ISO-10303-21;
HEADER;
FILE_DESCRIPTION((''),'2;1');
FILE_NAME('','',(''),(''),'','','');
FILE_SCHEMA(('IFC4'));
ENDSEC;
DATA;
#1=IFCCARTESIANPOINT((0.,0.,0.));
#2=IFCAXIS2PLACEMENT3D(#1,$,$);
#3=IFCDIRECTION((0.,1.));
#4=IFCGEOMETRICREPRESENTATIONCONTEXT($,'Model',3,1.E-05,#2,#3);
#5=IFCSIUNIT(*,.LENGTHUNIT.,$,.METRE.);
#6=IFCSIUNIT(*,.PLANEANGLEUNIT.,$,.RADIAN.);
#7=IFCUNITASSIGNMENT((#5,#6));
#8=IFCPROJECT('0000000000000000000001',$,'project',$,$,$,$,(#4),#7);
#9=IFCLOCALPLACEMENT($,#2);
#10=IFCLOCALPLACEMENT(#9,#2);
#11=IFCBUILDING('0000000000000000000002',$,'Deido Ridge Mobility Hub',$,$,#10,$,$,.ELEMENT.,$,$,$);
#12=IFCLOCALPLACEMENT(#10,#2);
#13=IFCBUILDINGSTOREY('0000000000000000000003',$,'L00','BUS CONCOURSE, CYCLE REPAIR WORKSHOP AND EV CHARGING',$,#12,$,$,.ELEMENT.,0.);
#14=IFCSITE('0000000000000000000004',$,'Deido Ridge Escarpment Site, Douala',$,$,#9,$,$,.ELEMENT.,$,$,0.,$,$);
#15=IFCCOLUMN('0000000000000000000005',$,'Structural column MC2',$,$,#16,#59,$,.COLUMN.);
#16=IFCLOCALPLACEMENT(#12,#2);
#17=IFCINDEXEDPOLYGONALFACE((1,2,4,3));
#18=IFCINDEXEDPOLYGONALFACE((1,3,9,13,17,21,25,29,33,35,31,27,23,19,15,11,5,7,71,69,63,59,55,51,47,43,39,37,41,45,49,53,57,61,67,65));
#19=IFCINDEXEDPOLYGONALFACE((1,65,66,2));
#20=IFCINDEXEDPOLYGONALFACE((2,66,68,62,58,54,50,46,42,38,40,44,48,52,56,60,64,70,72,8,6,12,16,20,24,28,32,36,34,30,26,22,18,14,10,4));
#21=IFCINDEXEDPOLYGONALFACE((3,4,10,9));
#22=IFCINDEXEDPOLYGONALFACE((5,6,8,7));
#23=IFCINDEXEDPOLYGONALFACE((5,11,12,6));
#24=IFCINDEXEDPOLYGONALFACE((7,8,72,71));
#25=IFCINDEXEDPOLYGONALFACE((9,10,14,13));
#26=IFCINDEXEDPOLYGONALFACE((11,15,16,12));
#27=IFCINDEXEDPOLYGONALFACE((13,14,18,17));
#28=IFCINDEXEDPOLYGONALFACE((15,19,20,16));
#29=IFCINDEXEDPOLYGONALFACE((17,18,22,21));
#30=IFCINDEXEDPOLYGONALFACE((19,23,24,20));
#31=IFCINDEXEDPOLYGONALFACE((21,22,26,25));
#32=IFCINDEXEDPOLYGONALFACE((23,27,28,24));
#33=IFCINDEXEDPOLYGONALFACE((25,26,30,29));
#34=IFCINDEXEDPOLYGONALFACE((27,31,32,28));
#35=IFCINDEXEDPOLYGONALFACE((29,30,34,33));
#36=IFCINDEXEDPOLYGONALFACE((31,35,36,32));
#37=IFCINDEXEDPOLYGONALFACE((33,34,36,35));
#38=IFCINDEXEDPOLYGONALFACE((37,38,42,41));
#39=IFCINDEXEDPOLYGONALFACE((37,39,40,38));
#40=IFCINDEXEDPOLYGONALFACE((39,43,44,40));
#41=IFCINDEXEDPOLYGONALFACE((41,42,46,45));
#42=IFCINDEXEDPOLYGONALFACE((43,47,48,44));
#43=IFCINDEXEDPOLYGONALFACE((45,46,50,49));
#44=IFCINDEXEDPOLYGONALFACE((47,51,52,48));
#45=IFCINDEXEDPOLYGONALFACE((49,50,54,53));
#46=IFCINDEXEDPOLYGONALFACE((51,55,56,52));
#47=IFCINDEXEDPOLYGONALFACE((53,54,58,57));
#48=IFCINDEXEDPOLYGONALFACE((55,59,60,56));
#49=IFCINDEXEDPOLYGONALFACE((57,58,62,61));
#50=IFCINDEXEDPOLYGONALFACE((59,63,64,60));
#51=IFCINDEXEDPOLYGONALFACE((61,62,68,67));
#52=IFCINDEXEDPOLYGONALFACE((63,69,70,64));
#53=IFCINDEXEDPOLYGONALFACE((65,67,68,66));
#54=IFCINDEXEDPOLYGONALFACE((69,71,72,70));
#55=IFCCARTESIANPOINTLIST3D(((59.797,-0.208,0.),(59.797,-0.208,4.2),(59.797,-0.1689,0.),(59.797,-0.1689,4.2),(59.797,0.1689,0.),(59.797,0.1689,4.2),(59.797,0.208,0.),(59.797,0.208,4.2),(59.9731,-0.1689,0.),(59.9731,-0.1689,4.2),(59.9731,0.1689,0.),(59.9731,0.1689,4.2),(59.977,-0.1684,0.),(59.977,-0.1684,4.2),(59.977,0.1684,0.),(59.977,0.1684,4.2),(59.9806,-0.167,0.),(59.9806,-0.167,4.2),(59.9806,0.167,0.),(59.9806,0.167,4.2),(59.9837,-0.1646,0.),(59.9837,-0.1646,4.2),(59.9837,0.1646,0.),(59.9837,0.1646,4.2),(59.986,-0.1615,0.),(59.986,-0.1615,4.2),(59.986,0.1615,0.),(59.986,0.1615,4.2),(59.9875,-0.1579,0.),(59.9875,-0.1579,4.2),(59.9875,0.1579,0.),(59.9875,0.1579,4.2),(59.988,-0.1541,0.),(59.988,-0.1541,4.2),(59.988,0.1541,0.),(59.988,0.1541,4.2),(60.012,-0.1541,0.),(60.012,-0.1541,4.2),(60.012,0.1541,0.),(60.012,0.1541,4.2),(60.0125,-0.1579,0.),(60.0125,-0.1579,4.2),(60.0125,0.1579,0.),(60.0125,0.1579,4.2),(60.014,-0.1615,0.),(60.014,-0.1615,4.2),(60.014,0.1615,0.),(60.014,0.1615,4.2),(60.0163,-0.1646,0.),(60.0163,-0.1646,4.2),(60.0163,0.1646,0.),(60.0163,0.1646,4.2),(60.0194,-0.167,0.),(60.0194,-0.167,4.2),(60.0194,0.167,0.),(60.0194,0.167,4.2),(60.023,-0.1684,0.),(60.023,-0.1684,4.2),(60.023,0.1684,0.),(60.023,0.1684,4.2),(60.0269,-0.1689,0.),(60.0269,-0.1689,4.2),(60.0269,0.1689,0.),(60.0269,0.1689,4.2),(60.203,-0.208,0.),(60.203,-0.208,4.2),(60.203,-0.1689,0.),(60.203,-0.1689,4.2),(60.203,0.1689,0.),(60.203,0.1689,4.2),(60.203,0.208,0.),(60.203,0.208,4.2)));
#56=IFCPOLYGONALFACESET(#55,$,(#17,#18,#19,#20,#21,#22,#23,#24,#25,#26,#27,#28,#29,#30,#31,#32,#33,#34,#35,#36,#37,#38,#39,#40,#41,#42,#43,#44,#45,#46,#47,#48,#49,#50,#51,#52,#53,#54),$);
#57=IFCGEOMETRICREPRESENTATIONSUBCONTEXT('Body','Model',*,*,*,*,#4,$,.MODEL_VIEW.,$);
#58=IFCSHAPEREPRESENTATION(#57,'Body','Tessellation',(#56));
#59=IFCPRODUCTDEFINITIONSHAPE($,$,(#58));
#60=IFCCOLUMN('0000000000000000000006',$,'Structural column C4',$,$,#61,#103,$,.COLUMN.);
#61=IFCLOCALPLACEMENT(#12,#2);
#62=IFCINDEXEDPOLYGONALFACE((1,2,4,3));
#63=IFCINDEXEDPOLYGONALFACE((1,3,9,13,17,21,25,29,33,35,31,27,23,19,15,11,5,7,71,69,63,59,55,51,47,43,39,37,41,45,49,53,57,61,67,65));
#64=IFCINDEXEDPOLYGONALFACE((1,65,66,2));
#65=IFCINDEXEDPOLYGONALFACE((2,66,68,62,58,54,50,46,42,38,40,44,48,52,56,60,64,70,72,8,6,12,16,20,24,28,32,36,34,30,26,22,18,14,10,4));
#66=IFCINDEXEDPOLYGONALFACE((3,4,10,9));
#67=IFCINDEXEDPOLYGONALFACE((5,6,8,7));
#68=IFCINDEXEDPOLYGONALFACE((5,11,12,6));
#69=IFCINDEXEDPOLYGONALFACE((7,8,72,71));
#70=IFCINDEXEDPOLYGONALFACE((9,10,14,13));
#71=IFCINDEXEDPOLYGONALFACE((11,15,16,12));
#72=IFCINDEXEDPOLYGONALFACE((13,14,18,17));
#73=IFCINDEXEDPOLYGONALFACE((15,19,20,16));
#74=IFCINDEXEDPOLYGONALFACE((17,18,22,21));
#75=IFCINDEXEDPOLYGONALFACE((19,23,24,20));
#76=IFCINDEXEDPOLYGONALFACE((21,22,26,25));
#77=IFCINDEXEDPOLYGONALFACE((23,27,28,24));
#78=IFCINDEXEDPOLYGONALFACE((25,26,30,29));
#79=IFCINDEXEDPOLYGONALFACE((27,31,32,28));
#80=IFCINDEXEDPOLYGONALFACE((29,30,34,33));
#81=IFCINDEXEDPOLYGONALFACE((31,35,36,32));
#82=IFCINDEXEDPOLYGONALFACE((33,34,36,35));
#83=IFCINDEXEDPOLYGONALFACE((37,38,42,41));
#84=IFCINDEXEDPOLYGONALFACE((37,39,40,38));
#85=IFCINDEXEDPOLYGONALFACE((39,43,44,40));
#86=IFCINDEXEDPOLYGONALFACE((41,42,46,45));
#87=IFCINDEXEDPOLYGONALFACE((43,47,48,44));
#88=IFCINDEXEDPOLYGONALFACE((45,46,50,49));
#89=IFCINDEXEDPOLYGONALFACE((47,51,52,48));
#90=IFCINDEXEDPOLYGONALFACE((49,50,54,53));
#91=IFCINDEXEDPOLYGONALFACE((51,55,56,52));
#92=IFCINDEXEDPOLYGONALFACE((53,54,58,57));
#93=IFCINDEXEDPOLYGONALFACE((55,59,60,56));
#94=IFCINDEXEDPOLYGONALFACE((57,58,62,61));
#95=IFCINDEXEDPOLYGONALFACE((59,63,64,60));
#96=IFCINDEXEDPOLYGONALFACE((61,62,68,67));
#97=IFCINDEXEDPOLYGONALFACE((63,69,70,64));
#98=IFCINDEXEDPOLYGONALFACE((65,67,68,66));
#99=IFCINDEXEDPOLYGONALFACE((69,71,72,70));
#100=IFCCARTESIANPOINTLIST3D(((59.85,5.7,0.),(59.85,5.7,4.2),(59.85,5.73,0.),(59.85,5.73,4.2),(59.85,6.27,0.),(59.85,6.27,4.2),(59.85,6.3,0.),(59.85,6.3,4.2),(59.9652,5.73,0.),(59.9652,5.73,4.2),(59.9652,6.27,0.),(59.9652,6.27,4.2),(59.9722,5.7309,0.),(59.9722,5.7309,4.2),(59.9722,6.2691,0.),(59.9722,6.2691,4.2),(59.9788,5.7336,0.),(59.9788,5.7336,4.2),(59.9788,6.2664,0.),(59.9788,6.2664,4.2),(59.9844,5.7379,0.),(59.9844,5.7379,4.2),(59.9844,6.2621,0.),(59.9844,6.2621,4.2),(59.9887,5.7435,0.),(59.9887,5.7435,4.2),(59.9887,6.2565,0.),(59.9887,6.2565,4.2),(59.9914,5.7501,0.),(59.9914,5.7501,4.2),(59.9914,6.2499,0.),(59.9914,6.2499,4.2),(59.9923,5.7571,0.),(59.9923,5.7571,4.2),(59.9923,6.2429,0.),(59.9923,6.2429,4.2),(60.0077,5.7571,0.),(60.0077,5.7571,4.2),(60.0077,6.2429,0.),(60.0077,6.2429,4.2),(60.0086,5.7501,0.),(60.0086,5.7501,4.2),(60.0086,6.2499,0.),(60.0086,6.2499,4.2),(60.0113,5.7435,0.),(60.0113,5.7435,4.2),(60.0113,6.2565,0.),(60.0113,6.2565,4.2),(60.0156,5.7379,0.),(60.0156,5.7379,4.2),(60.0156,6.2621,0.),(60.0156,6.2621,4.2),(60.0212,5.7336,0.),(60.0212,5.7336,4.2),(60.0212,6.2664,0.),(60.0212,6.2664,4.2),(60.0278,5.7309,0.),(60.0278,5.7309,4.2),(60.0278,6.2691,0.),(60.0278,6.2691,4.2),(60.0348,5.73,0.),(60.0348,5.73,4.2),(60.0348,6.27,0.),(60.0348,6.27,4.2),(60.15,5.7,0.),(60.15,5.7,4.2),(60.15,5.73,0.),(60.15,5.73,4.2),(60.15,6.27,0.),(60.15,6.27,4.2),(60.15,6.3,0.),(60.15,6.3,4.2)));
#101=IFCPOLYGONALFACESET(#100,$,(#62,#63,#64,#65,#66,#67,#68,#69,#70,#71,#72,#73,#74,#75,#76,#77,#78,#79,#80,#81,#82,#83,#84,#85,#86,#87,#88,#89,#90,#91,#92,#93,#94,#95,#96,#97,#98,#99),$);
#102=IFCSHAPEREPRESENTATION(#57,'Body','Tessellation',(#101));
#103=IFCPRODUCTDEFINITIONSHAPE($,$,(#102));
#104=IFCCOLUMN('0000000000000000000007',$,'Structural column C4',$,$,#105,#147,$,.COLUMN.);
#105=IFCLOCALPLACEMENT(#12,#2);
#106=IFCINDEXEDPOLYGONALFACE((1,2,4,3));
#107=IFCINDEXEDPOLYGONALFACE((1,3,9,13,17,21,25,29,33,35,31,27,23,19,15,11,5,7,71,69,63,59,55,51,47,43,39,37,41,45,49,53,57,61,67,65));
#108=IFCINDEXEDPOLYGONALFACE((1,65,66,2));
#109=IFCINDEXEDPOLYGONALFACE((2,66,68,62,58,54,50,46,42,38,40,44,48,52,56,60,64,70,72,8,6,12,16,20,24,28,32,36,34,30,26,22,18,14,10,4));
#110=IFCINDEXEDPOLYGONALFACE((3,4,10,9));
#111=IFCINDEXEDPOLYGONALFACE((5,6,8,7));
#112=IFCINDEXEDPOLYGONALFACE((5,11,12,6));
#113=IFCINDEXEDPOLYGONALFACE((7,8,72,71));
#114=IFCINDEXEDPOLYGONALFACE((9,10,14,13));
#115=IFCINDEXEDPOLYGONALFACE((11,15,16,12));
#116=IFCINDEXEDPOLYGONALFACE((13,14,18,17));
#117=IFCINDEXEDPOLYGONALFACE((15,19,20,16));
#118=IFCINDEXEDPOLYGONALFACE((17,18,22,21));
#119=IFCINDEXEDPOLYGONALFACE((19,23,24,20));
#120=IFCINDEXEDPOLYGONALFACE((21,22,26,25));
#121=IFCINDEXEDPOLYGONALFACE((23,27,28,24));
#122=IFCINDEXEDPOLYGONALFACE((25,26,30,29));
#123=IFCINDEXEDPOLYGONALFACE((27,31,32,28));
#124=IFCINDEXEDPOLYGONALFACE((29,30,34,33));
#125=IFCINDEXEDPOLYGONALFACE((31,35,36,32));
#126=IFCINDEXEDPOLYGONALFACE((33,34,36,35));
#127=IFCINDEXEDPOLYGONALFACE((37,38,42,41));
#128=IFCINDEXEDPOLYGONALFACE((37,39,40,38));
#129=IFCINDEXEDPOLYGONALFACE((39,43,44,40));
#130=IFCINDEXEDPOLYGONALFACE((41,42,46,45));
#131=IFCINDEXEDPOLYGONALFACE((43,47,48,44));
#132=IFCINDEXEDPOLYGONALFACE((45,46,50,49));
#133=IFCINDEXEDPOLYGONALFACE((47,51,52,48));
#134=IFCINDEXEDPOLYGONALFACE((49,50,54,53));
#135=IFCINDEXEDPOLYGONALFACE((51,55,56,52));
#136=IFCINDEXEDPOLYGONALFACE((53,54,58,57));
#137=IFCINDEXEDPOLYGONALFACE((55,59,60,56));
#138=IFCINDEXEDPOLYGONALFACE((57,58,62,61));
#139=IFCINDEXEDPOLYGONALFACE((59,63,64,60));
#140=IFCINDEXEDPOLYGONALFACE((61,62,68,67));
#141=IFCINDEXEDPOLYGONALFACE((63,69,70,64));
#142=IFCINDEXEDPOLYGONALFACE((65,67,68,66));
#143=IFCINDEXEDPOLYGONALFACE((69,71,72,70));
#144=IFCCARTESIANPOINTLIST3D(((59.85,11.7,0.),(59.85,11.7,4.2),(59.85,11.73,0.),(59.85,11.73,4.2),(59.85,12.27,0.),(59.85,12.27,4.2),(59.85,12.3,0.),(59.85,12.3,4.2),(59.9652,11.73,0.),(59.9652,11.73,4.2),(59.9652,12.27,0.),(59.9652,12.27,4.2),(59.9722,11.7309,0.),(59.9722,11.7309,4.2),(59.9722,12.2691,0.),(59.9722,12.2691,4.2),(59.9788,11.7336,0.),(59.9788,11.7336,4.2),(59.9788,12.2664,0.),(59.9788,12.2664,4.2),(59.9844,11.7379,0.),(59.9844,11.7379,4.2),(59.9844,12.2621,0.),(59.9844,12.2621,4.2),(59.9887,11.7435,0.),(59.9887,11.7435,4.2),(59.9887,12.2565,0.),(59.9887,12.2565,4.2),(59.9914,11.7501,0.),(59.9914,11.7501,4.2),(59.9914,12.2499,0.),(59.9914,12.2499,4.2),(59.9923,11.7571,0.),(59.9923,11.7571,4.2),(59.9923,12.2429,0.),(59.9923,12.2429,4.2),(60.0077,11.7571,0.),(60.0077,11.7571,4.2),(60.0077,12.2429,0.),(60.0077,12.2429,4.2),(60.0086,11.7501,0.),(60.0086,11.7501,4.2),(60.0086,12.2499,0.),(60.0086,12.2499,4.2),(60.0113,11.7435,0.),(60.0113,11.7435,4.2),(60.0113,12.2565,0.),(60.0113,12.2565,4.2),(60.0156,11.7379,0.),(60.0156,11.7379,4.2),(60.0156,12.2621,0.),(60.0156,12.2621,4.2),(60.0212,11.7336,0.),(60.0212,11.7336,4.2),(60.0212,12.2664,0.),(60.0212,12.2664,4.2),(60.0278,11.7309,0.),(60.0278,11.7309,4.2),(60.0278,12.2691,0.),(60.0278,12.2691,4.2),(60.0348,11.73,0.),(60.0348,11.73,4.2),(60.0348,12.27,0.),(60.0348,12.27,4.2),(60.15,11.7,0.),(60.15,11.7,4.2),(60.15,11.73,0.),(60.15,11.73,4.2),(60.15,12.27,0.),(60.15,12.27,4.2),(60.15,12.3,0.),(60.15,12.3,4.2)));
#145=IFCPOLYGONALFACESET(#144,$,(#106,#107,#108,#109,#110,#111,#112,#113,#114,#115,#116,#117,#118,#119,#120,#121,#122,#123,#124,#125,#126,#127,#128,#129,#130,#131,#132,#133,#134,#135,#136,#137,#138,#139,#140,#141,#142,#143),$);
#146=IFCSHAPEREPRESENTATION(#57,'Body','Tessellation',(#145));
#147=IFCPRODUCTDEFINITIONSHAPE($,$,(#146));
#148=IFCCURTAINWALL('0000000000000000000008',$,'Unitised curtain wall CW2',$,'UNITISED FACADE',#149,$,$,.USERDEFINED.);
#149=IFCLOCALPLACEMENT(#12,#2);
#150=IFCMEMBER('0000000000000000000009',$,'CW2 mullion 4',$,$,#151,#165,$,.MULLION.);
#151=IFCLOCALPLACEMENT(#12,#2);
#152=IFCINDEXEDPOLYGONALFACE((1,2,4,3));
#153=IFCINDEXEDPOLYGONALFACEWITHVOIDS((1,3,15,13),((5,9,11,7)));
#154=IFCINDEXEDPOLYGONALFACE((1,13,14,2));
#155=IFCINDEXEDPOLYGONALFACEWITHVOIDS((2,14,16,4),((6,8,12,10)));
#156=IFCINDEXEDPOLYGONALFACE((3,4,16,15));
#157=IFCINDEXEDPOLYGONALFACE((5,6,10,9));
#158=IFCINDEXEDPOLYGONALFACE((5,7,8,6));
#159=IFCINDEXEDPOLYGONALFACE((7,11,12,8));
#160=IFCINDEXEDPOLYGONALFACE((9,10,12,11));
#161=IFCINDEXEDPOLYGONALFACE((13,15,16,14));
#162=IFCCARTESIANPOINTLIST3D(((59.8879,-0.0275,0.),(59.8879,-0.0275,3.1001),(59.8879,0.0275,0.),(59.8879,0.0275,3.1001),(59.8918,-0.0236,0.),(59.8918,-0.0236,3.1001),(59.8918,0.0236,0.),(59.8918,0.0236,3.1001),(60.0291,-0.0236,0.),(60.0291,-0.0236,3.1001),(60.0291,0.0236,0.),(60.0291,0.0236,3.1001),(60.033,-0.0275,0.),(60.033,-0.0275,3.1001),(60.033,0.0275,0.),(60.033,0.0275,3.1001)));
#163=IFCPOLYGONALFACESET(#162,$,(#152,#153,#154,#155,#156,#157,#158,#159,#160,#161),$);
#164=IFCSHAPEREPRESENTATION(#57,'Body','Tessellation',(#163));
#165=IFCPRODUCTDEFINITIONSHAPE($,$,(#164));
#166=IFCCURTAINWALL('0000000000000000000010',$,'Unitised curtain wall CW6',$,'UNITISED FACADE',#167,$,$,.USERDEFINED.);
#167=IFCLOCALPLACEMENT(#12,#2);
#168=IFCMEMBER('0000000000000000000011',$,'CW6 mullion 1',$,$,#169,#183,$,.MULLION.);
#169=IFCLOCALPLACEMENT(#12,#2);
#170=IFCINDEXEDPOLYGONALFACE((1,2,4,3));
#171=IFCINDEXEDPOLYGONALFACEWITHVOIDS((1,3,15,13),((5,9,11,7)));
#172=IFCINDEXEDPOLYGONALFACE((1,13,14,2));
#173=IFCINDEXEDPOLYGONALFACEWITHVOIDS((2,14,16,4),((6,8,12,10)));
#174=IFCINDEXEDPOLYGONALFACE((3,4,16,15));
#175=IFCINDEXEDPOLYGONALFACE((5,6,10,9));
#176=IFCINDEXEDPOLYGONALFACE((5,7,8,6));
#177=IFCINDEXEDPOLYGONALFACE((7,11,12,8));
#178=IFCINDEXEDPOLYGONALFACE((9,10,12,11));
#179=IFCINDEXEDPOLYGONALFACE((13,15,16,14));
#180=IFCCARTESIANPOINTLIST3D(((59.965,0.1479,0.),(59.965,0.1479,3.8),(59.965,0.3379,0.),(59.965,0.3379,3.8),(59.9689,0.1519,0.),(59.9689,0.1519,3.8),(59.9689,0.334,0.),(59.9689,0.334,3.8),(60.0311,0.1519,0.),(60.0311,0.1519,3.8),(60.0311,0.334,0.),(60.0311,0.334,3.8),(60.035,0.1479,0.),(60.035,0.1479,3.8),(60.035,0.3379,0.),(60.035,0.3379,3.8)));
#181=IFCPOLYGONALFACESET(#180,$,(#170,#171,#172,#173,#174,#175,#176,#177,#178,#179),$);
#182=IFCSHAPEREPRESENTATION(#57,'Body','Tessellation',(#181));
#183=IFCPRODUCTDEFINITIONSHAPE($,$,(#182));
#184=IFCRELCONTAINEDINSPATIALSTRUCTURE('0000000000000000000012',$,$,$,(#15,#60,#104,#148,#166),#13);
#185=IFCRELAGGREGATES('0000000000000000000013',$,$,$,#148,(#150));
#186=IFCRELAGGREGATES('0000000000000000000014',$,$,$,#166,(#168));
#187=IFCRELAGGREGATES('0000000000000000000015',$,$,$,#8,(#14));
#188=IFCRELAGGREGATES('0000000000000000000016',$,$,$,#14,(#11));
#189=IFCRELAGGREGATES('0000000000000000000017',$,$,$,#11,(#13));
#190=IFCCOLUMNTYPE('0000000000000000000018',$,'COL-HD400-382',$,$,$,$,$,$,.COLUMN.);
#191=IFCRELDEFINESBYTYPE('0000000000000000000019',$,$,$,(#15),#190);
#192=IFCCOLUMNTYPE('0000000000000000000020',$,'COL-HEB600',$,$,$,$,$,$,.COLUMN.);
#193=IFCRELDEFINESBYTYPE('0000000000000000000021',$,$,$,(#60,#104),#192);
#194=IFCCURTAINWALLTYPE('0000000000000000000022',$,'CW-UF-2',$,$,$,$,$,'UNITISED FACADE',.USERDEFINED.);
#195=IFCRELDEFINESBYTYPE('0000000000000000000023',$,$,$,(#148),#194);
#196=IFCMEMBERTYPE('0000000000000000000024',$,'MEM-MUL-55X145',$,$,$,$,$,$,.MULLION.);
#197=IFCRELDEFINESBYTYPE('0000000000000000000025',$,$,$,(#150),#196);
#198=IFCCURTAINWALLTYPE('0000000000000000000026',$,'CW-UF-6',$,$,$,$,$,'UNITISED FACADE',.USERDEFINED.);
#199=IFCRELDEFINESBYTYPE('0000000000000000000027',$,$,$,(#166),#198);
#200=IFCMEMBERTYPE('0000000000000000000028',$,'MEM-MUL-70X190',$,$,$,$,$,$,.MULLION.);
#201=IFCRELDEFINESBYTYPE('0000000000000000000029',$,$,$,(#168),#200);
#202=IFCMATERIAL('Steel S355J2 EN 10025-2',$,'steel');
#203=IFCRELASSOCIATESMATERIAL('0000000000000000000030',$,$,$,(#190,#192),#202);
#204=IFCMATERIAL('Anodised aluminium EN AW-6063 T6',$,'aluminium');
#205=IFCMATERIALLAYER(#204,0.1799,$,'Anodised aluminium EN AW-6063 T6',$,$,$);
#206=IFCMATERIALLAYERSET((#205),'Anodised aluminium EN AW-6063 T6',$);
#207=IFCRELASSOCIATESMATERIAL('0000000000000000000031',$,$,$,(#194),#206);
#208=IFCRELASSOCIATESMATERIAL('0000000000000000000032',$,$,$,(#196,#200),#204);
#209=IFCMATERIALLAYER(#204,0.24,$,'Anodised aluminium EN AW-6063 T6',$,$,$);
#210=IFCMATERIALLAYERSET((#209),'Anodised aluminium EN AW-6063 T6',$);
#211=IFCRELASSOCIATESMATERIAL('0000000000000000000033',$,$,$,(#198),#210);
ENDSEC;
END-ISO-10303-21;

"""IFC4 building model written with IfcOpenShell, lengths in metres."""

from ifc_helpers import new_model, si_unit, direction, frame, origin, origin_2d, place, context, subcontext, project, spatial, hollow_rectangle, i_section, extrude, material, layer, layer_set, material_profile, profile_set, type_object, element, aggregate, save


model = new_model("IFC4")

# Units and contexts
model_context = context("Model", 3, precision=1e-05, world=origin(), true_north=direction((0.0, 1.0)))
body_context = subcontext(model_context, "Body", "Model", "MODEL_VIEW")
ifc_project = project(units=[si_unit("LENGTHUNIT", "METRE"), si_unit("PLANEANGLEUNIT", "RADIAN")], contexts=[model_context])

# Site, building, storey
site_placement = place(None, origin())
site = spatial("IfcSite", under=ifc_project, at=site_placement, Name="Deido Ridge Escarpment Site, Douala", CompositionType="ELEMENT", RefElevation=0.0)
building_placement = place(site_placement, origin())
building = spatial("IfcBuilding", under=site, at=building_placement, Name="Deido Ridge Mobility Hub", CompositionType="ELEMENT")
storey_placement = place(building_placement, origin())
storey = spatial("IfcBuildingStorey", under=building, at=storey_placement, Name="L00", Description="BUS CONCOURSE, CYCLE REPAIR WORKSHOP AND EV CHARGING", CompositionType="ELEMENT", Elevation=0.0)

# Columns
ifc_material_1 = material(Name="Steel S355J2 EN 10025-2", Category="steel")
ifc_material_profile_1 = material_profile(ifc_material_1, i_section(OverallWidth=0.406, OverallDepth=0.416, WebThickness=0.0239, FlangeThickness=0.0391, FilletRadius=0.0149, at=origin_2d()), Name="HD 400x382")
ifc_profile_set_1 = profile_set([ifc_material_profile_1], Name="Steel S355J2 EN 10025-2")
column_type_1 = type_object("IfcColumnType", Name="COL-HD400-382", PredefinedType="COLUMN", material=ifc_profile_set_1)
column_placement = place(storey_placement, frame((60.0, 0.0, 0.0), z_axis=(0.0, 0.0, 1.0), x_axis=(1.0, 0.0, 0.0)))
element("IfcColumn", 1, at=column_placement, inside=storey, type_object=column_type_1, Name="Structural column MC2", PredefinedType="COLUMN", context=body_context, shape_type="SweptSolid", body=[
    extrude(i_section(OverallWidth=0.406, OverallDepth=0.416, WebThickness=0.0239, FlangeThickness=0.0391, FilletRadius=0.0149, at=origin_2d()), origin(), (0.0, 0.0, 1.0), 4.2),
])
ifc_material_profile_2 = material_profile(ifc_material_1, i_section(OverallWidth=0.3, OverallDepth=0.6001, WebThickness=0.0154, FlangeThickness=0.03, FilletRadius=0.0271, at=origin_2d()), Name="HEB 600")
ifc_profile_set_2 = profile_set([ifc_material_profile_2], Name="Steel S355J2 EN 10025-2")
column_type_2 = type_object("IfcColumnType", Name="COL-HEB600", PredefinedType="COLUMN", material=ifc_profile_set_2)
for number, where, z_axis, x_axis, name in (
    (2, (60.0, 6.0, 0.0), (0.0, 0.0, 1.0), (1.0, 0.0, 0.0), "Structural column C4"),
    (3, (60.0, 12.0, 0.0), (0.0, 0.0, 1.0), (1.0, 0.0, 0.0), "Structural column C4"),
):
    element("IfcColumn", number, at=place(storey_placement, frame(where, z_axis=z_axis, x_axis=x_axis)), inside=storey, type_object=column_type_2, Name=name, PredefinedType="COLUMN", context=body_context, shape_type="SweptSolid", body=[
        extrude(i_section(OverallWidth=0.3, OverallDepth=0.6001, WebThickness=0.0154, FlangeThickness=0.03, FilletRadius=0.0271, at=origin_2d()), origin(), (0.0, 0.0, 1.0), 4.2),
    ])

# Curtain wall, member
ifc_material_2 = material(Name="Anodised aluminium EN AW-6063 T6", Category="aluminium")
ifc_layer_1 = layer(ifc_material_2, 0.1799, Name="Anodised aluminium EN AW-6063 T6")
ifc_layer_set_1 = layer_set([ifc_layer_1], Name="Anodised aluminium EN AW-6063 T6")
curtain_wall_type_1 = type_object("IfcCurtainWallType", Name="CW-UF-2", ElementType="UNITISED FACADE", PredefinedType="USERDEFINED", material=ifc_layer_set_1)
curtain_wall_1_placement = place(storey_placement, origin())
curtain_wall_1 = element("IfcCurtainWall", 4, at=curtain_wall_1_placement, inside=storey, type_object=curtain_wall_type_1, Name="Unitised curtain wall CW2", ObjectType="UNITISED FACADE", PredefinedType="USERDEFINED")
ifc_material_profile_3 = material_profile(ifc_material_2, hollow_rectangle(XDim=0.0549, YDim=0.145, WallThickness=0.0039, at=origin_2d()), Name="RHS 55x145x4")
ifc_profile_set_3 = profile_set([ifc_material_profile_3], Name="Anodised aluminium EN AW-6063 T6")
member_type_1 = type_object("IfcMemberType", Name="MEM-MUL-55X145", PredefinedType="MULLION", material=ifc_profile_set_3)
member_1_placement = place(storey_placement, frame((59.9604, 0.0, 0.0), z_axis=(0.0, 0.0, 1.0), x_axis=(0.0, 1.0, 0.0)))
member_1 = element("IfcMember", 5, at=member_1_placement, type_object=member_type_1, Name="CW2 mullion 4", PredefinedType="MULLION", context=body_context, shape_type="SweptSolid", body=[
    extrude(hollow_rectangle(XDim=0.0549, YDim=0.145, WallThickness=0.0039, at=origin_2d()), origin(), (0.0, 0.0, 1.0), 3.1001),
])

# Curtain wall, member
ifc_layer_2 = layer(ifc_material_2, 0.24, Name="Anodised aluminium EN AW-6063 T6")
ifc_layer_set_2 = layer_set([ifc_layer_2], Name="Anodised aluminium EN AW-6063 T6")
curtain_wall_type_2 = type_object("IfcCurtainWallType", Name="CW-UF-6", ElementType="UNITISED FACADE", PredefinedType="USERDEFINED", material=ifc_layer_set_2)
curtain_wall_2_placement = place(storey_placement, origin())
curtain_wall_2 = element("IfcCurtainWall", 6, at=curtain_wall_2_placement, inside=storey, type_object=curtain_wall_type_2, Name="Unitised curtain wall CW6", ObjectType="UNITISED FACADE", PredefinedType="USERDEFINED")
ifc_material_profile_4 = material_profile(ifc_material_2, hollow_rectangle(XDim=0.0701, YDim=0.1899, WallThickness=0.0039, at=origin_2d()), Name="RHS 70x190x4")
ifc_profile_set_4 = profile_set([ifc_material_profile_4], Name="Anodised aluminium EN AW-6063 T6")
member_type_2 = type_object("IfcMemberType", Name="MEM-MUL-70X190", PredefinedType="MULLION", material=ifc_profile_set_4)
member_2_placement = place(storey_placement, frame((60.0, 0.2429, 0.0), z_axis=(0.0, 0.0, 1.0), x_axis=(-1.0, 0.0, 0.0)))
member_2 = element("IfcMember", 7, at=member_2_placement, type_object=member_type_2, Name="CW6 mullion 1", PredefinedType="MULLION", context=body_context, shape_type="SweptSolid", body=[
    extrude(hollow_rectangle(XDim=0.0701, YDim=0.1899, WallThickness=0.0039, at=origin_2d()), origin(), (0.0, 0.0, 1.0), 3.8),
])

aggregate(curtain_wall_1, [member_1])
aggregate(curtain_wall_2, [member_2])

save(model, "model.ifc")
